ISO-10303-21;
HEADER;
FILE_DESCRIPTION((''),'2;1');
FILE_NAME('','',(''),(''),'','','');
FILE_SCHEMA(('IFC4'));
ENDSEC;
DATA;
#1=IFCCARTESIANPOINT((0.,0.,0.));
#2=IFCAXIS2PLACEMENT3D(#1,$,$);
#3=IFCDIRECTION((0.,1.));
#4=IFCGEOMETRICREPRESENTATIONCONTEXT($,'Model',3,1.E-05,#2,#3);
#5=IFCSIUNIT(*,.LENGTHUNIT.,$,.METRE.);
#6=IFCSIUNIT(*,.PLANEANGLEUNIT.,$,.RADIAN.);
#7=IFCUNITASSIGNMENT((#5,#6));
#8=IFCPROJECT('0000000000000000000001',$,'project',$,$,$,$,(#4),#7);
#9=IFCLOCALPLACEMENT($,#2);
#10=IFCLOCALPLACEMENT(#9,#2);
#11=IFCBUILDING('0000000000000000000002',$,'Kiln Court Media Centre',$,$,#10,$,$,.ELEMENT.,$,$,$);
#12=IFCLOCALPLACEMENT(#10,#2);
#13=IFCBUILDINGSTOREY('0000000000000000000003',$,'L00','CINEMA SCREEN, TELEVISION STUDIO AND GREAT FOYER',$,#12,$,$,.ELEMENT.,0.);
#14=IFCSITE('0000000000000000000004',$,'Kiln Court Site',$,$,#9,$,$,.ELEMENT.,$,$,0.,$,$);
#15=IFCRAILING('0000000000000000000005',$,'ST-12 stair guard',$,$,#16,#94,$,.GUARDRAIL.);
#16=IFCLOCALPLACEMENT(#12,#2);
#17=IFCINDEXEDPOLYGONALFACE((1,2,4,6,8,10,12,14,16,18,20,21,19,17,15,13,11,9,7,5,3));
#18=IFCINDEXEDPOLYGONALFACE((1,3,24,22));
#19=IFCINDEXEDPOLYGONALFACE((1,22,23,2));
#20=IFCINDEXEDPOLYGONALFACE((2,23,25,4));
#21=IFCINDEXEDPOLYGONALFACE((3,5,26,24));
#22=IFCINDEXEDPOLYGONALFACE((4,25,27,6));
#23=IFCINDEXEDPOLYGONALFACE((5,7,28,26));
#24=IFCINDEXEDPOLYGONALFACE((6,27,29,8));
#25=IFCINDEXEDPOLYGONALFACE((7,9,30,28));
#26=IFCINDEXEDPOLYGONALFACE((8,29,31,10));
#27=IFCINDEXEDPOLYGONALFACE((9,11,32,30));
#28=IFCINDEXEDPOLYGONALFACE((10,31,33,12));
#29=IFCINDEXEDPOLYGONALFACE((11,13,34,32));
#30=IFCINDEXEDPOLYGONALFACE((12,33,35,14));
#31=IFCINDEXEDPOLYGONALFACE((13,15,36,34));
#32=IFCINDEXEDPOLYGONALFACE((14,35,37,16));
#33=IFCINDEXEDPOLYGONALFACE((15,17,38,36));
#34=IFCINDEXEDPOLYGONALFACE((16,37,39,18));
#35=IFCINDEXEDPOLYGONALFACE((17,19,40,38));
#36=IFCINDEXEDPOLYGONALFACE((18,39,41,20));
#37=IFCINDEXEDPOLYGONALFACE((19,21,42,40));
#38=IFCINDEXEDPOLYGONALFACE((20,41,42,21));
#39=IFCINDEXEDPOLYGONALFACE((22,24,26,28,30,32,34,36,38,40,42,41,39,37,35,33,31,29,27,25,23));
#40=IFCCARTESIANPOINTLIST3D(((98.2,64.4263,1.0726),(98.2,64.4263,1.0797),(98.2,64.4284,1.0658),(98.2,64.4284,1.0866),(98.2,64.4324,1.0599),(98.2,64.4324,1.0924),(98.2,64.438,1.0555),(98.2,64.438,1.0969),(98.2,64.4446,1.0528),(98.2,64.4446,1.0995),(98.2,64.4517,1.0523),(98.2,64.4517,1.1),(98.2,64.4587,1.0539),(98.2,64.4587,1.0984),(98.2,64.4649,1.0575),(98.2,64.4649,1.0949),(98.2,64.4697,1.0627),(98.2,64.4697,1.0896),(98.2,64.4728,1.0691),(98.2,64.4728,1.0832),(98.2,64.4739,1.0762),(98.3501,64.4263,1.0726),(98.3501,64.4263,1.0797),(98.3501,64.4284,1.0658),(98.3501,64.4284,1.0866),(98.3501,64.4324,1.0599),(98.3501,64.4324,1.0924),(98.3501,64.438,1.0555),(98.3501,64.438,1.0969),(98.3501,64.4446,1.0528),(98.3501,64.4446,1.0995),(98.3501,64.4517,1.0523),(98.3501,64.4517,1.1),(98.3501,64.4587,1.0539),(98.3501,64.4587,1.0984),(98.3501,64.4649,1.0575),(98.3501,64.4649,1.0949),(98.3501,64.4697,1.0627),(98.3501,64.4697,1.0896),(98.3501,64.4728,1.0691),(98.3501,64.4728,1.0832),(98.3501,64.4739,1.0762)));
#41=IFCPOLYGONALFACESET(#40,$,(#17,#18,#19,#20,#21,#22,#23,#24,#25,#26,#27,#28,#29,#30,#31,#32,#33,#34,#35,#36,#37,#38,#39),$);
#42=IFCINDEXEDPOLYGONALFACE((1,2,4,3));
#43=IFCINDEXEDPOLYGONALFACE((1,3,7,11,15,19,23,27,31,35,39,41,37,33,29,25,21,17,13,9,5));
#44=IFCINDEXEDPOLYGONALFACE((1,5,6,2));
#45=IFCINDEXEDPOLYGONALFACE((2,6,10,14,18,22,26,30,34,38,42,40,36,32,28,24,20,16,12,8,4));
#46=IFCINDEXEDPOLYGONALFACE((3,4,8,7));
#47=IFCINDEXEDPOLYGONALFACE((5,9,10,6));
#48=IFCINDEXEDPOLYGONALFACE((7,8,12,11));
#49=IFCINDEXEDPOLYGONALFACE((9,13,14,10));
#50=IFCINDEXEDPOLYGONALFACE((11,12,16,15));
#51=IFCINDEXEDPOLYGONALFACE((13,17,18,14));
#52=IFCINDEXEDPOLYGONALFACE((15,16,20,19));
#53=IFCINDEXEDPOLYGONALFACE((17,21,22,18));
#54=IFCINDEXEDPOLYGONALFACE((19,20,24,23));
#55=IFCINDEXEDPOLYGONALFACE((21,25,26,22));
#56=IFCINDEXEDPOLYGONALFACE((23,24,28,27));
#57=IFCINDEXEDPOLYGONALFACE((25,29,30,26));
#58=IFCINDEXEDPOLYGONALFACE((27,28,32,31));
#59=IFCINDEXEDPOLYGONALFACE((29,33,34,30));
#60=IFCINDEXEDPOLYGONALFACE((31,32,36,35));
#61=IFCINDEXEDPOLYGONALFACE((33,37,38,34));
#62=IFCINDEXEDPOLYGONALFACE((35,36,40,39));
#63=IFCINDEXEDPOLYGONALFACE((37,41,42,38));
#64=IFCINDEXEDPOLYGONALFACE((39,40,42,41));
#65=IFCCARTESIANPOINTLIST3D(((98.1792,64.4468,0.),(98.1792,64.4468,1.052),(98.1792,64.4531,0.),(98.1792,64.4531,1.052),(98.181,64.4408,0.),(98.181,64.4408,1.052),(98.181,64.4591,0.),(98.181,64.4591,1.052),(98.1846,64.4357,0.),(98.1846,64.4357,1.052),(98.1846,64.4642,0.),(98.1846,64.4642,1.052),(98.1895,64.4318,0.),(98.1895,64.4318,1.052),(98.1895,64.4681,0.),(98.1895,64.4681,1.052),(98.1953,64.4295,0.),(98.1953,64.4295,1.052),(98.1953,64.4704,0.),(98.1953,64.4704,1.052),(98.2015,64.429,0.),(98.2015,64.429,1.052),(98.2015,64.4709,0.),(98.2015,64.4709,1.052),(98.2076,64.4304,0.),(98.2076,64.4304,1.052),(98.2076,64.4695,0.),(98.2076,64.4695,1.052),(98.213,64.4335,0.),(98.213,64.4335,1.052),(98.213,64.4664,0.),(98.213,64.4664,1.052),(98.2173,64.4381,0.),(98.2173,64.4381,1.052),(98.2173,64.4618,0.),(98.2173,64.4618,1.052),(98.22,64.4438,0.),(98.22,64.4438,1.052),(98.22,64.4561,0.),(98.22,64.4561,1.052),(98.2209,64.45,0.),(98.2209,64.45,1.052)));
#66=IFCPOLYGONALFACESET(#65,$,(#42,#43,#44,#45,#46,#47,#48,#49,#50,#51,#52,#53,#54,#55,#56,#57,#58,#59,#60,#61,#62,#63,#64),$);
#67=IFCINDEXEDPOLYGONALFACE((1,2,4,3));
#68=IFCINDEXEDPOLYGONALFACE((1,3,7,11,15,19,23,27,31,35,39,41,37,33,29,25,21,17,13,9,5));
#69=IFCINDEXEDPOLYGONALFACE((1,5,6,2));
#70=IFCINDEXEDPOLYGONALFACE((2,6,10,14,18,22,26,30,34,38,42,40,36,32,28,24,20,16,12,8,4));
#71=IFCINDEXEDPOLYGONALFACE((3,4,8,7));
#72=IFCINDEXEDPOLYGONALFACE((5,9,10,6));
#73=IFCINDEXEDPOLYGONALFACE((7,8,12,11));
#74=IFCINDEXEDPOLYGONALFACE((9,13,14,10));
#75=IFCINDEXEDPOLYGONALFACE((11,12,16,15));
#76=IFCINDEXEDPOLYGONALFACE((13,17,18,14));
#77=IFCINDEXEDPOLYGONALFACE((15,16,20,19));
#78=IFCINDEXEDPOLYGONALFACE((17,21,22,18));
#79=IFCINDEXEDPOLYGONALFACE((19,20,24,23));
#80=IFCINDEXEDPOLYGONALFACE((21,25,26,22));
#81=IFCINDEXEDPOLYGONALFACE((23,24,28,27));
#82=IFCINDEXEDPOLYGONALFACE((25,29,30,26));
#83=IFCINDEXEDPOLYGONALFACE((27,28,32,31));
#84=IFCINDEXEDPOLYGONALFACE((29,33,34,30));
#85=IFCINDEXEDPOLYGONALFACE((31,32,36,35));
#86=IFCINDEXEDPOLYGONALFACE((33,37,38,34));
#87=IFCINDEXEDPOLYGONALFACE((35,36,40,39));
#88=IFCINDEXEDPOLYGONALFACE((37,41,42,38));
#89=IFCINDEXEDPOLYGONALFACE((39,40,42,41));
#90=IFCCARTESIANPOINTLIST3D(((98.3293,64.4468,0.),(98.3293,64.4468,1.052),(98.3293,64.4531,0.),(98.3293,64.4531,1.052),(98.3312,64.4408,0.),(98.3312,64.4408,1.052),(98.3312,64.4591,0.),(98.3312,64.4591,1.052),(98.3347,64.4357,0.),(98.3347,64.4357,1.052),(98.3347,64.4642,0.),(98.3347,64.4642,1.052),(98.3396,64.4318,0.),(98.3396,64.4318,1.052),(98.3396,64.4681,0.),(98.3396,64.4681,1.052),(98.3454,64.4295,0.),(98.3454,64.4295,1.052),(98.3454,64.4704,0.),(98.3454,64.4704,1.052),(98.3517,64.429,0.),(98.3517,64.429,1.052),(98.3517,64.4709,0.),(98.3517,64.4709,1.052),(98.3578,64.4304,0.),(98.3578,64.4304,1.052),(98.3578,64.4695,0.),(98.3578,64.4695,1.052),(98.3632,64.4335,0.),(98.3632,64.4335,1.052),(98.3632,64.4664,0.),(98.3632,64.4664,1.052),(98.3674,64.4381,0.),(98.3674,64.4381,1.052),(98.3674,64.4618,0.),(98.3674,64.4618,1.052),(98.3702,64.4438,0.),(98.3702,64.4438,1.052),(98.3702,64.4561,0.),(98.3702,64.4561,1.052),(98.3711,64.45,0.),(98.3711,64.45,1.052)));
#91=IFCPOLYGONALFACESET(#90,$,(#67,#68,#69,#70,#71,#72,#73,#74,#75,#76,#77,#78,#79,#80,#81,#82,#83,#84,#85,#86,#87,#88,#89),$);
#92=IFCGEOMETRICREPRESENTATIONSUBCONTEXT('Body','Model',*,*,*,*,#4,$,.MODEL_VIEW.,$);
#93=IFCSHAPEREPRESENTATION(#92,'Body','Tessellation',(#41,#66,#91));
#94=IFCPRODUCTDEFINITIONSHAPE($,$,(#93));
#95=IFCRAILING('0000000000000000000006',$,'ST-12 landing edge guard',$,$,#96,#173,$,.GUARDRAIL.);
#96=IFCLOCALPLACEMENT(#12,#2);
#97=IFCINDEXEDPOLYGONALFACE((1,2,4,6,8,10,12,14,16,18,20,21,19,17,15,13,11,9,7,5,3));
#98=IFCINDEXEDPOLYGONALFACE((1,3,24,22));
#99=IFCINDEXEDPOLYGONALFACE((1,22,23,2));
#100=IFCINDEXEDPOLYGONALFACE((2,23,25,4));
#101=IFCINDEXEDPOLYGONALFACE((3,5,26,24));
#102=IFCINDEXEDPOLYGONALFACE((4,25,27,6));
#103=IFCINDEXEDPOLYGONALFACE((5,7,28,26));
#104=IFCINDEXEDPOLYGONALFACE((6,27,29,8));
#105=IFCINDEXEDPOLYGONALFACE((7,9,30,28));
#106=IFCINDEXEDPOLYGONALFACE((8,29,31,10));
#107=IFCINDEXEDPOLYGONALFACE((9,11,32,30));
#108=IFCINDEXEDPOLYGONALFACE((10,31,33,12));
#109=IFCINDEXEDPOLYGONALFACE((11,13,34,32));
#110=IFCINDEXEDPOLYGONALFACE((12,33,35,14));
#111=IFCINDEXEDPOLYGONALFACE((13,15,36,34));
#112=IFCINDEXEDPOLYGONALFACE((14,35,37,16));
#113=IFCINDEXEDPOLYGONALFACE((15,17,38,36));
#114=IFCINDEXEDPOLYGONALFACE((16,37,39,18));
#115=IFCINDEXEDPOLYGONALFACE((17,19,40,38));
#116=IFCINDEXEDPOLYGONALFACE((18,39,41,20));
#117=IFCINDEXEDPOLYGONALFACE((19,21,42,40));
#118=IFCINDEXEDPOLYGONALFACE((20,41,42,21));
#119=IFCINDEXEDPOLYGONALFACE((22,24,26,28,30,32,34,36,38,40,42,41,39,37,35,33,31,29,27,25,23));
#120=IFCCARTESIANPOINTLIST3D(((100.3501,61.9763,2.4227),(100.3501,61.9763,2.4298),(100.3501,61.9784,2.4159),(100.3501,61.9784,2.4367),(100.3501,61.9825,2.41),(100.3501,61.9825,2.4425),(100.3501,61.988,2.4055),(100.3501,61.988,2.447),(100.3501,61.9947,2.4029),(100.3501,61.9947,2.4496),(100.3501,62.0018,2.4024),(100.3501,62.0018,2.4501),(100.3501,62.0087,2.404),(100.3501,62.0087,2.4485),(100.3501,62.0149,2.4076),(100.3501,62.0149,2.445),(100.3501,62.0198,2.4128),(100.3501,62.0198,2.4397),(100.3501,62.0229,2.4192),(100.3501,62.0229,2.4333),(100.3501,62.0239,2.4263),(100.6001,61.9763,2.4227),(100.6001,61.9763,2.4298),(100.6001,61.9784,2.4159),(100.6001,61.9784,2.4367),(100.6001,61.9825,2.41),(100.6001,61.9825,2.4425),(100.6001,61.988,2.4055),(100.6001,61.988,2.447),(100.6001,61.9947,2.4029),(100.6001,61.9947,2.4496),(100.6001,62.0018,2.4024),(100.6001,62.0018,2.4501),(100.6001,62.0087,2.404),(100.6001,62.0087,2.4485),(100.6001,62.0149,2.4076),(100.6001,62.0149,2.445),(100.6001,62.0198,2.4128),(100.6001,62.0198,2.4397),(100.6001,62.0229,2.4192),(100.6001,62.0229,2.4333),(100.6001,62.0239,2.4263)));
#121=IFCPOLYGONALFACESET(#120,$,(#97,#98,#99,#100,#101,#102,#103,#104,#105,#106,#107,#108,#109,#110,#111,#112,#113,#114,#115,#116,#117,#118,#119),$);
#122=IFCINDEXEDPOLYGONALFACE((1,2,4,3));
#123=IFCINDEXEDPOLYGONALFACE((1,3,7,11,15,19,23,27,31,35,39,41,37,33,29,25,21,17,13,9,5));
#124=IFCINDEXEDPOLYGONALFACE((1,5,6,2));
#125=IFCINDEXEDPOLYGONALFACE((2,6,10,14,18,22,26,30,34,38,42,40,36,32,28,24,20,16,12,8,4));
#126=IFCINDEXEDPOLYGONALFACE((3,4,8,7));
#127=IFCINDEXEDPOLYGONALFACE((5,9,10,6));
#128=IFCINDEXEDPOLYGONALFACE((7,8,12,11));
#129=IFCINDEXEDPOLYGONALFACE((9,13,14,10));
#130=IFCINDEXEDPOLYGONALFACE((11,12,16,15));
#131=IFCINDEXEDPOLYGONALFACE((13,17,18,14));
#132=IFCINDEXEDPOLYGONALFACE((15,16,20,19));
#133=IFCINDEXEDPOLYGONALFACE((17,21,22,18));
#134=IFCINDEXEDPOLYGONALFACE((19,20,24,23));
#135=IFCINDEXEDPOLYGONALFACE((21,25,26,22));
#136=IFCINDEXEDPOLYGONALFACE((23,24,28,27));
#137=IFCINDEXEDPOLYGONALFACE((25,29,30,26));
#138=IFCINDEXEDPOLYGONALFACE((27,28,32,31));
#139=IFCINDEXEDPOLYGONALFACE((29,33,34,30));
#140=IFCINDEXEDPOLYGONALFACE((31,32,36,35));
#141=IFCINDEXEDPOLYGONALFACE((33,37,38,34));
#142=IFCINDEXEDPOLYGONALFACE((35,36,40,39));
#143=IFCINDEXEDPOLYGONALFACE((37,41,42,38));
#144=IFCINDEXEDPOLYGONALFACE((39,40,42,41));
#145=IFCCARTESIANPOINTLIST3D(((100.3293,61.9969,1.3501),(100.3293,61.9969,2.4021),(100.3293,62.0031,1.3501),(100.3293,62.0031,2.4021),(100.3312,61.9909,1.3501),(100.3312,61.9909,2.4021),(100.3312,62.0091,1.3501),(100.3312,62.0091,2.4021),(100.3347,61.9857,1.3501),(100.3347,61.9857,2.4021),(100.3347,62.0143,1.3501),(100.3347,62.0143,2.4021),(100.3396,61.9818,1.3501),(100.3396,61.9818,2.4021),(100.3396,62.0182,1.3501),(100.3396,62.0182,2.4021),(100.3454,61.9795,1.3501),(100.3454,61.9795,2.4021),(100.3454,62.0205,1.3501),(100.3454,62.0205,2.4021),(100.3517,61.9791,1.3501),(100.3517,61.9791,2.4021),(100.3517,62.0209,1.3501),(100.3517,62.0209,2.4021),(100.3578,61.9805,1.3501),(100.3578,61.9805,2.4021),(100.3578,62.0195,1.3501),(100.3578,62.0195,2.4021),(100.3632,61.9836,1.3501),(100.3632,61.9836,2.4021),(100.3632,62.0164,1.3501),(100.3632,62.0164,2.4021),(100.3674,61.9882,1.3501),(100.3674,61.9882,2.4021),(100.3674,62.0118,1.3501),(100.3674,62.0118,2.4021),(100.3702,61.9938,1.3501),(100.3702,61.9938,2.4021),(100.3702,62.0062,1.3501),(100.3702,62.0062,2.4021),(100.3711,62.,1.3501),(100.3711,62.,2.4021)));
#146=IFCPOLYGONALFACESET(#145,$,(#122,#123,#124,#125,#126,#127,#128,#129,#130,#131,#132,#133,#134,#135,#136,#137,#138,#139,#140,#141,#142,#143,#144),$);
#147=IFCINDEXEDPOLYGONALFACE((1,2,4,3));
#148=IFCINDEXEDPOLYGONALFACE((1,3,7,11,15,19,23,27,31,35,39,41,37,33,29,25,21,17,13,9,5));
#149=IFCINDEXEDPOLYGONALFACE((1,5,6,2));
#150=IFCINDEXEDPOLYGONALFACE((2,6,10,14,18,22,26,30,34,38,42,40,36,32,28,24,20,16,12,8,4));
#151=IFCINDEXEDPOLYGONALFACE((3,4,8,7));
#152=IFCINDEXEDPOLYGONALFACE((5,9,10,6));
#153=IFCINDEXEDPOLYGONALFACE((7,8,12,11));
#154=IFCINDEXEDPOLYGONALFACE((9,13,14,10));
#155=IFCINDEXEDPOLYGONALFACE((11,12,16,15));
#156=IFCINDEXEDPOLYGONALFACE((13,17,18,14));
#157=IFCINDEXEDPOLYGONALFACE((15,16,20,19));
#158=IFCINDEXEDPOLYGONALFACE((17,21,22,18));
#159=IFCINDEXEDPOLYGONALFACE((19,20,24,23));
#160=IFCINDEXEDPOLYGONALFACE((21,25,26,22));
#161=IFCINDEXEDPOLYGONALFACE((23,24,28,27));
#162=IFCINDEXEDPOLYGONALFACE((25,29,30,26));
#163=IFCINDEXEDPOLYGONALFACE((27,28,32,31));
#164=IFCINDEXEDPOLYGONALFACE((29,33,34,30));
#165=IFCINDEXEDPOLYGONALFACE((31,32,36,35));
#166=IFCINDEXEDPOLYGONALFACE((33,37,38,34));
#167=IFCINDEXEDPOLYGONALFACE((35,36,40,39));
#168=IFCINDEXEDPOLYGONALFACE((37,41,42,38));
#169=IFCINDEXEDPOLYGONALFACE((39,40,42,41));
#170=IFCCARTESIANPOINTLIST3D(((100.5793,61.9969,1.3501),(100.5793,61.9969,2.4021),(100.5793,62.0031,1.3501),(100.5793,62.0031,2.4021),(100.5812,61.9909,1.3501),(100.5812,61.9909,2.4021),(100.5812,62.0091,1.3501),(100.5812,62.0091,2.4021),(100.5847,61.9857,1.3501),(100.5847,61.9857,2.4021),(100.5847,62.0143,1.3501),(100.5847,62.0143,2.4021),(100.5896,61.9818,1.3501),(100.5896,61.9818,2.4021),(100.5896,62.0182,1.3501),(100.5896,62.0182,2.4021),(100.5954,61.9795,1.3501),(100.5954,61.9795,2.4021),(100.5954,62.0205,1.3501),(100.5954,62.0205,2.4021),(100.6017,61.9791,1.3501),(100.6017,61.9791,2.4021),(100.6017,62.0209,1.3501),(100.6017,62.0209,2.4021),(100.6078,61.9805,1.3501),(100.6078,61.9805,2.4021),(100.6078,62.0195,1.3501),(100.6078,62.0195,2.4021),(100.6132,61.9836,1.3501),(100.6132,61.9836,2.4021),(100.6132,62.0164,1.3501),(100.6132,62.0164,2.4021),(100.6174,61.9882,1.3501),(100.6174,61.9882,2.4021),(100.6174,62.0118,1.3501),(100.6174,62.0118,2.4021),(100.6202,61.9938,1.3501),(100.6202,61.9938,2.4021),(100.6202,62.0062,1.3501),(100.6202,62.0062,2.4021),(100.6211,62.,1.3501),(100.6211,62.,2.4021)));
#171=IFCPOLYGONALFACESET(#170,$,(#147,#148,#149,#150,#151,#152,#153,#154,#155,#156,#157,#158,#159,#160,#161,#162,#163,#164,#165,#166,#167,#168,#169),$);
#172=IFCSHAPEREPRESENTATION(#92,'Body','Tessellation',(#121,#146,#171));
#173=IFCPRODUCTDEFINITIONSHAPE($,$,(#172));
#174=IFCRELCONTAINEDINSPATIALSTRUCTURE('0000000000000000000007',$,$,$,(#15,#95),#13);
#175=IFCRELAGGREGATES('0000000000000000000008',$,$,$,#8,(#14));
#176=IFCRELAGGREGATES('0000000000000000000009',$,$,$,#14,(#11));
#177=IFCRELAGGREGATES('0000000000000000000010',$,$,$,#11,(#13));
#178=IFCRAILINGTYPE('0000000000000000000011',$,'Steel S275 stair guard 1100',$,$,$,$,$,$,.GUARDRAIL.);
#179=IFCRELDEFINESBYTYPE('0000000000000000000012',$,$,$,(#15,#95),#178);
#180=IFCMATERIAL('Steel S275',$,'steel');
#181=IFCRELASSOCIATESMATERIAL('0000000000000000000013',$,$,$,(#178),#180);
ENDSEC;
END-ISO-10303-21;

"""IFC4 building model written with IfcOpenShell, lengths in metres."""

from ifc_helpers import new_model, si_unit, direction, frame, origin, origin_2d, place, context, subcontext, project, spatial, circle, extrude, material, type_object, element, save


model = new_model("IFC4")

# Units and contexts
model_context = context("Model", 3, precision=1e-05, world=origin(), true_north=direction((0.0, 1.0)))
body_context = subcontext(model_context, "Body", "Model", "MODEL_VIEW")
ifc_project = project(units=[si_unit("LENGTHUNIT", "METRE"), si_unit("PLANEANGLEUNIT", "RADIAN")], contexts=[model_context])

# Site, building, storey
site_placement = place(None, origin())
site = spatial("IfcSite", under=ifc_project, at=site_placement, Name="Kiln Court Site", CompositionType="ELEMENT", RefElevation=0.0)
building_placement = place(site_placement, origin())
building = spatial("IfcBuilding", under=site, at=building_placement, Name="Kiln Court Media Centre", CompositionType="ELEMENT")
storey_placement = place(building_placement, origin())
storey = spatial("IfcBuildingStorey", under=building, at=storey_placement, Name="L00", Description="CINEMA SCREEN, TELEVISION STUDIO AND GREAT FOYER", CompositionType="ELEMENT", Elevation=0.0)

# Railings
ifc_material_1 = material(Name="Steel S275", Category="steel")
railing_type_1 = type_object("IfcRailingType", Name="Steel S275 stair guard 1100", PredefinedType="GUARDRAIL", material=ifc_material_1)
railing_1_placement = place(storey_placement, frame((98.2, 64.45, 0.0)))
element("IfcRailing", 1, at=railing_1_placement, inside=storey, type_object=railing_type_1, Name="ST-12 stair guard", PredefinedType="GUARDRAIL", context=body_context, shape_type="SweptSolid", body=[
    extrude(circle(Radius=0.0239, at=origin_2d()), frame((0.0, 0.0, 1.0762), z_axis=(1.0, 0.0, 0.0), x_axis=(0.0, 1.0, 0.0)), (0.0, 0.0, 1.0), 0.1501),
    extrude(circle(Radius=0.021, at=origin_2d()), origin(), (0.0, 0.0, 1.0), 1.052),
    extrude(circle(Radius=0.021, at=origin_2d()), frame((0.1501, 0.0, 0.0)), (0.0, 0.0, 1.0), 1.052),
])
for number, where, name in (
    (2, (100.3501, 62.0, 1.3501), "ST-12 landing edge guard"),
):
    element("IfcRailing", number, at=place(storey_placement, frame(where)), inside=storey, type_object=railing_type_1, Name=name, PredefinedType="GUARDRAIL", context=body_context, shape_type="SweptSolid", body=[
        extrude(circle(Radius=0.0239, at=origin_2d()), frame((0.0, 0.0, 1.0762), z_axis=(1.0, 0.0, 0.0), x_axis=(0.0, 1.0, 0.0)), (0.0, 0.0, 1.0), 0.25),
        extrude(circle(Radius=0.021, at=origin_2d()), origin(), (0.0, 0.0, 1.0), 1.052),
        extrude(circle(Radius=0.021, at=origin_2d()), frame((0.25, 0.0, 0.0)), (0.0, 0.0, 1.0), 1.052),
    ])

save(model, "model.ifc")
